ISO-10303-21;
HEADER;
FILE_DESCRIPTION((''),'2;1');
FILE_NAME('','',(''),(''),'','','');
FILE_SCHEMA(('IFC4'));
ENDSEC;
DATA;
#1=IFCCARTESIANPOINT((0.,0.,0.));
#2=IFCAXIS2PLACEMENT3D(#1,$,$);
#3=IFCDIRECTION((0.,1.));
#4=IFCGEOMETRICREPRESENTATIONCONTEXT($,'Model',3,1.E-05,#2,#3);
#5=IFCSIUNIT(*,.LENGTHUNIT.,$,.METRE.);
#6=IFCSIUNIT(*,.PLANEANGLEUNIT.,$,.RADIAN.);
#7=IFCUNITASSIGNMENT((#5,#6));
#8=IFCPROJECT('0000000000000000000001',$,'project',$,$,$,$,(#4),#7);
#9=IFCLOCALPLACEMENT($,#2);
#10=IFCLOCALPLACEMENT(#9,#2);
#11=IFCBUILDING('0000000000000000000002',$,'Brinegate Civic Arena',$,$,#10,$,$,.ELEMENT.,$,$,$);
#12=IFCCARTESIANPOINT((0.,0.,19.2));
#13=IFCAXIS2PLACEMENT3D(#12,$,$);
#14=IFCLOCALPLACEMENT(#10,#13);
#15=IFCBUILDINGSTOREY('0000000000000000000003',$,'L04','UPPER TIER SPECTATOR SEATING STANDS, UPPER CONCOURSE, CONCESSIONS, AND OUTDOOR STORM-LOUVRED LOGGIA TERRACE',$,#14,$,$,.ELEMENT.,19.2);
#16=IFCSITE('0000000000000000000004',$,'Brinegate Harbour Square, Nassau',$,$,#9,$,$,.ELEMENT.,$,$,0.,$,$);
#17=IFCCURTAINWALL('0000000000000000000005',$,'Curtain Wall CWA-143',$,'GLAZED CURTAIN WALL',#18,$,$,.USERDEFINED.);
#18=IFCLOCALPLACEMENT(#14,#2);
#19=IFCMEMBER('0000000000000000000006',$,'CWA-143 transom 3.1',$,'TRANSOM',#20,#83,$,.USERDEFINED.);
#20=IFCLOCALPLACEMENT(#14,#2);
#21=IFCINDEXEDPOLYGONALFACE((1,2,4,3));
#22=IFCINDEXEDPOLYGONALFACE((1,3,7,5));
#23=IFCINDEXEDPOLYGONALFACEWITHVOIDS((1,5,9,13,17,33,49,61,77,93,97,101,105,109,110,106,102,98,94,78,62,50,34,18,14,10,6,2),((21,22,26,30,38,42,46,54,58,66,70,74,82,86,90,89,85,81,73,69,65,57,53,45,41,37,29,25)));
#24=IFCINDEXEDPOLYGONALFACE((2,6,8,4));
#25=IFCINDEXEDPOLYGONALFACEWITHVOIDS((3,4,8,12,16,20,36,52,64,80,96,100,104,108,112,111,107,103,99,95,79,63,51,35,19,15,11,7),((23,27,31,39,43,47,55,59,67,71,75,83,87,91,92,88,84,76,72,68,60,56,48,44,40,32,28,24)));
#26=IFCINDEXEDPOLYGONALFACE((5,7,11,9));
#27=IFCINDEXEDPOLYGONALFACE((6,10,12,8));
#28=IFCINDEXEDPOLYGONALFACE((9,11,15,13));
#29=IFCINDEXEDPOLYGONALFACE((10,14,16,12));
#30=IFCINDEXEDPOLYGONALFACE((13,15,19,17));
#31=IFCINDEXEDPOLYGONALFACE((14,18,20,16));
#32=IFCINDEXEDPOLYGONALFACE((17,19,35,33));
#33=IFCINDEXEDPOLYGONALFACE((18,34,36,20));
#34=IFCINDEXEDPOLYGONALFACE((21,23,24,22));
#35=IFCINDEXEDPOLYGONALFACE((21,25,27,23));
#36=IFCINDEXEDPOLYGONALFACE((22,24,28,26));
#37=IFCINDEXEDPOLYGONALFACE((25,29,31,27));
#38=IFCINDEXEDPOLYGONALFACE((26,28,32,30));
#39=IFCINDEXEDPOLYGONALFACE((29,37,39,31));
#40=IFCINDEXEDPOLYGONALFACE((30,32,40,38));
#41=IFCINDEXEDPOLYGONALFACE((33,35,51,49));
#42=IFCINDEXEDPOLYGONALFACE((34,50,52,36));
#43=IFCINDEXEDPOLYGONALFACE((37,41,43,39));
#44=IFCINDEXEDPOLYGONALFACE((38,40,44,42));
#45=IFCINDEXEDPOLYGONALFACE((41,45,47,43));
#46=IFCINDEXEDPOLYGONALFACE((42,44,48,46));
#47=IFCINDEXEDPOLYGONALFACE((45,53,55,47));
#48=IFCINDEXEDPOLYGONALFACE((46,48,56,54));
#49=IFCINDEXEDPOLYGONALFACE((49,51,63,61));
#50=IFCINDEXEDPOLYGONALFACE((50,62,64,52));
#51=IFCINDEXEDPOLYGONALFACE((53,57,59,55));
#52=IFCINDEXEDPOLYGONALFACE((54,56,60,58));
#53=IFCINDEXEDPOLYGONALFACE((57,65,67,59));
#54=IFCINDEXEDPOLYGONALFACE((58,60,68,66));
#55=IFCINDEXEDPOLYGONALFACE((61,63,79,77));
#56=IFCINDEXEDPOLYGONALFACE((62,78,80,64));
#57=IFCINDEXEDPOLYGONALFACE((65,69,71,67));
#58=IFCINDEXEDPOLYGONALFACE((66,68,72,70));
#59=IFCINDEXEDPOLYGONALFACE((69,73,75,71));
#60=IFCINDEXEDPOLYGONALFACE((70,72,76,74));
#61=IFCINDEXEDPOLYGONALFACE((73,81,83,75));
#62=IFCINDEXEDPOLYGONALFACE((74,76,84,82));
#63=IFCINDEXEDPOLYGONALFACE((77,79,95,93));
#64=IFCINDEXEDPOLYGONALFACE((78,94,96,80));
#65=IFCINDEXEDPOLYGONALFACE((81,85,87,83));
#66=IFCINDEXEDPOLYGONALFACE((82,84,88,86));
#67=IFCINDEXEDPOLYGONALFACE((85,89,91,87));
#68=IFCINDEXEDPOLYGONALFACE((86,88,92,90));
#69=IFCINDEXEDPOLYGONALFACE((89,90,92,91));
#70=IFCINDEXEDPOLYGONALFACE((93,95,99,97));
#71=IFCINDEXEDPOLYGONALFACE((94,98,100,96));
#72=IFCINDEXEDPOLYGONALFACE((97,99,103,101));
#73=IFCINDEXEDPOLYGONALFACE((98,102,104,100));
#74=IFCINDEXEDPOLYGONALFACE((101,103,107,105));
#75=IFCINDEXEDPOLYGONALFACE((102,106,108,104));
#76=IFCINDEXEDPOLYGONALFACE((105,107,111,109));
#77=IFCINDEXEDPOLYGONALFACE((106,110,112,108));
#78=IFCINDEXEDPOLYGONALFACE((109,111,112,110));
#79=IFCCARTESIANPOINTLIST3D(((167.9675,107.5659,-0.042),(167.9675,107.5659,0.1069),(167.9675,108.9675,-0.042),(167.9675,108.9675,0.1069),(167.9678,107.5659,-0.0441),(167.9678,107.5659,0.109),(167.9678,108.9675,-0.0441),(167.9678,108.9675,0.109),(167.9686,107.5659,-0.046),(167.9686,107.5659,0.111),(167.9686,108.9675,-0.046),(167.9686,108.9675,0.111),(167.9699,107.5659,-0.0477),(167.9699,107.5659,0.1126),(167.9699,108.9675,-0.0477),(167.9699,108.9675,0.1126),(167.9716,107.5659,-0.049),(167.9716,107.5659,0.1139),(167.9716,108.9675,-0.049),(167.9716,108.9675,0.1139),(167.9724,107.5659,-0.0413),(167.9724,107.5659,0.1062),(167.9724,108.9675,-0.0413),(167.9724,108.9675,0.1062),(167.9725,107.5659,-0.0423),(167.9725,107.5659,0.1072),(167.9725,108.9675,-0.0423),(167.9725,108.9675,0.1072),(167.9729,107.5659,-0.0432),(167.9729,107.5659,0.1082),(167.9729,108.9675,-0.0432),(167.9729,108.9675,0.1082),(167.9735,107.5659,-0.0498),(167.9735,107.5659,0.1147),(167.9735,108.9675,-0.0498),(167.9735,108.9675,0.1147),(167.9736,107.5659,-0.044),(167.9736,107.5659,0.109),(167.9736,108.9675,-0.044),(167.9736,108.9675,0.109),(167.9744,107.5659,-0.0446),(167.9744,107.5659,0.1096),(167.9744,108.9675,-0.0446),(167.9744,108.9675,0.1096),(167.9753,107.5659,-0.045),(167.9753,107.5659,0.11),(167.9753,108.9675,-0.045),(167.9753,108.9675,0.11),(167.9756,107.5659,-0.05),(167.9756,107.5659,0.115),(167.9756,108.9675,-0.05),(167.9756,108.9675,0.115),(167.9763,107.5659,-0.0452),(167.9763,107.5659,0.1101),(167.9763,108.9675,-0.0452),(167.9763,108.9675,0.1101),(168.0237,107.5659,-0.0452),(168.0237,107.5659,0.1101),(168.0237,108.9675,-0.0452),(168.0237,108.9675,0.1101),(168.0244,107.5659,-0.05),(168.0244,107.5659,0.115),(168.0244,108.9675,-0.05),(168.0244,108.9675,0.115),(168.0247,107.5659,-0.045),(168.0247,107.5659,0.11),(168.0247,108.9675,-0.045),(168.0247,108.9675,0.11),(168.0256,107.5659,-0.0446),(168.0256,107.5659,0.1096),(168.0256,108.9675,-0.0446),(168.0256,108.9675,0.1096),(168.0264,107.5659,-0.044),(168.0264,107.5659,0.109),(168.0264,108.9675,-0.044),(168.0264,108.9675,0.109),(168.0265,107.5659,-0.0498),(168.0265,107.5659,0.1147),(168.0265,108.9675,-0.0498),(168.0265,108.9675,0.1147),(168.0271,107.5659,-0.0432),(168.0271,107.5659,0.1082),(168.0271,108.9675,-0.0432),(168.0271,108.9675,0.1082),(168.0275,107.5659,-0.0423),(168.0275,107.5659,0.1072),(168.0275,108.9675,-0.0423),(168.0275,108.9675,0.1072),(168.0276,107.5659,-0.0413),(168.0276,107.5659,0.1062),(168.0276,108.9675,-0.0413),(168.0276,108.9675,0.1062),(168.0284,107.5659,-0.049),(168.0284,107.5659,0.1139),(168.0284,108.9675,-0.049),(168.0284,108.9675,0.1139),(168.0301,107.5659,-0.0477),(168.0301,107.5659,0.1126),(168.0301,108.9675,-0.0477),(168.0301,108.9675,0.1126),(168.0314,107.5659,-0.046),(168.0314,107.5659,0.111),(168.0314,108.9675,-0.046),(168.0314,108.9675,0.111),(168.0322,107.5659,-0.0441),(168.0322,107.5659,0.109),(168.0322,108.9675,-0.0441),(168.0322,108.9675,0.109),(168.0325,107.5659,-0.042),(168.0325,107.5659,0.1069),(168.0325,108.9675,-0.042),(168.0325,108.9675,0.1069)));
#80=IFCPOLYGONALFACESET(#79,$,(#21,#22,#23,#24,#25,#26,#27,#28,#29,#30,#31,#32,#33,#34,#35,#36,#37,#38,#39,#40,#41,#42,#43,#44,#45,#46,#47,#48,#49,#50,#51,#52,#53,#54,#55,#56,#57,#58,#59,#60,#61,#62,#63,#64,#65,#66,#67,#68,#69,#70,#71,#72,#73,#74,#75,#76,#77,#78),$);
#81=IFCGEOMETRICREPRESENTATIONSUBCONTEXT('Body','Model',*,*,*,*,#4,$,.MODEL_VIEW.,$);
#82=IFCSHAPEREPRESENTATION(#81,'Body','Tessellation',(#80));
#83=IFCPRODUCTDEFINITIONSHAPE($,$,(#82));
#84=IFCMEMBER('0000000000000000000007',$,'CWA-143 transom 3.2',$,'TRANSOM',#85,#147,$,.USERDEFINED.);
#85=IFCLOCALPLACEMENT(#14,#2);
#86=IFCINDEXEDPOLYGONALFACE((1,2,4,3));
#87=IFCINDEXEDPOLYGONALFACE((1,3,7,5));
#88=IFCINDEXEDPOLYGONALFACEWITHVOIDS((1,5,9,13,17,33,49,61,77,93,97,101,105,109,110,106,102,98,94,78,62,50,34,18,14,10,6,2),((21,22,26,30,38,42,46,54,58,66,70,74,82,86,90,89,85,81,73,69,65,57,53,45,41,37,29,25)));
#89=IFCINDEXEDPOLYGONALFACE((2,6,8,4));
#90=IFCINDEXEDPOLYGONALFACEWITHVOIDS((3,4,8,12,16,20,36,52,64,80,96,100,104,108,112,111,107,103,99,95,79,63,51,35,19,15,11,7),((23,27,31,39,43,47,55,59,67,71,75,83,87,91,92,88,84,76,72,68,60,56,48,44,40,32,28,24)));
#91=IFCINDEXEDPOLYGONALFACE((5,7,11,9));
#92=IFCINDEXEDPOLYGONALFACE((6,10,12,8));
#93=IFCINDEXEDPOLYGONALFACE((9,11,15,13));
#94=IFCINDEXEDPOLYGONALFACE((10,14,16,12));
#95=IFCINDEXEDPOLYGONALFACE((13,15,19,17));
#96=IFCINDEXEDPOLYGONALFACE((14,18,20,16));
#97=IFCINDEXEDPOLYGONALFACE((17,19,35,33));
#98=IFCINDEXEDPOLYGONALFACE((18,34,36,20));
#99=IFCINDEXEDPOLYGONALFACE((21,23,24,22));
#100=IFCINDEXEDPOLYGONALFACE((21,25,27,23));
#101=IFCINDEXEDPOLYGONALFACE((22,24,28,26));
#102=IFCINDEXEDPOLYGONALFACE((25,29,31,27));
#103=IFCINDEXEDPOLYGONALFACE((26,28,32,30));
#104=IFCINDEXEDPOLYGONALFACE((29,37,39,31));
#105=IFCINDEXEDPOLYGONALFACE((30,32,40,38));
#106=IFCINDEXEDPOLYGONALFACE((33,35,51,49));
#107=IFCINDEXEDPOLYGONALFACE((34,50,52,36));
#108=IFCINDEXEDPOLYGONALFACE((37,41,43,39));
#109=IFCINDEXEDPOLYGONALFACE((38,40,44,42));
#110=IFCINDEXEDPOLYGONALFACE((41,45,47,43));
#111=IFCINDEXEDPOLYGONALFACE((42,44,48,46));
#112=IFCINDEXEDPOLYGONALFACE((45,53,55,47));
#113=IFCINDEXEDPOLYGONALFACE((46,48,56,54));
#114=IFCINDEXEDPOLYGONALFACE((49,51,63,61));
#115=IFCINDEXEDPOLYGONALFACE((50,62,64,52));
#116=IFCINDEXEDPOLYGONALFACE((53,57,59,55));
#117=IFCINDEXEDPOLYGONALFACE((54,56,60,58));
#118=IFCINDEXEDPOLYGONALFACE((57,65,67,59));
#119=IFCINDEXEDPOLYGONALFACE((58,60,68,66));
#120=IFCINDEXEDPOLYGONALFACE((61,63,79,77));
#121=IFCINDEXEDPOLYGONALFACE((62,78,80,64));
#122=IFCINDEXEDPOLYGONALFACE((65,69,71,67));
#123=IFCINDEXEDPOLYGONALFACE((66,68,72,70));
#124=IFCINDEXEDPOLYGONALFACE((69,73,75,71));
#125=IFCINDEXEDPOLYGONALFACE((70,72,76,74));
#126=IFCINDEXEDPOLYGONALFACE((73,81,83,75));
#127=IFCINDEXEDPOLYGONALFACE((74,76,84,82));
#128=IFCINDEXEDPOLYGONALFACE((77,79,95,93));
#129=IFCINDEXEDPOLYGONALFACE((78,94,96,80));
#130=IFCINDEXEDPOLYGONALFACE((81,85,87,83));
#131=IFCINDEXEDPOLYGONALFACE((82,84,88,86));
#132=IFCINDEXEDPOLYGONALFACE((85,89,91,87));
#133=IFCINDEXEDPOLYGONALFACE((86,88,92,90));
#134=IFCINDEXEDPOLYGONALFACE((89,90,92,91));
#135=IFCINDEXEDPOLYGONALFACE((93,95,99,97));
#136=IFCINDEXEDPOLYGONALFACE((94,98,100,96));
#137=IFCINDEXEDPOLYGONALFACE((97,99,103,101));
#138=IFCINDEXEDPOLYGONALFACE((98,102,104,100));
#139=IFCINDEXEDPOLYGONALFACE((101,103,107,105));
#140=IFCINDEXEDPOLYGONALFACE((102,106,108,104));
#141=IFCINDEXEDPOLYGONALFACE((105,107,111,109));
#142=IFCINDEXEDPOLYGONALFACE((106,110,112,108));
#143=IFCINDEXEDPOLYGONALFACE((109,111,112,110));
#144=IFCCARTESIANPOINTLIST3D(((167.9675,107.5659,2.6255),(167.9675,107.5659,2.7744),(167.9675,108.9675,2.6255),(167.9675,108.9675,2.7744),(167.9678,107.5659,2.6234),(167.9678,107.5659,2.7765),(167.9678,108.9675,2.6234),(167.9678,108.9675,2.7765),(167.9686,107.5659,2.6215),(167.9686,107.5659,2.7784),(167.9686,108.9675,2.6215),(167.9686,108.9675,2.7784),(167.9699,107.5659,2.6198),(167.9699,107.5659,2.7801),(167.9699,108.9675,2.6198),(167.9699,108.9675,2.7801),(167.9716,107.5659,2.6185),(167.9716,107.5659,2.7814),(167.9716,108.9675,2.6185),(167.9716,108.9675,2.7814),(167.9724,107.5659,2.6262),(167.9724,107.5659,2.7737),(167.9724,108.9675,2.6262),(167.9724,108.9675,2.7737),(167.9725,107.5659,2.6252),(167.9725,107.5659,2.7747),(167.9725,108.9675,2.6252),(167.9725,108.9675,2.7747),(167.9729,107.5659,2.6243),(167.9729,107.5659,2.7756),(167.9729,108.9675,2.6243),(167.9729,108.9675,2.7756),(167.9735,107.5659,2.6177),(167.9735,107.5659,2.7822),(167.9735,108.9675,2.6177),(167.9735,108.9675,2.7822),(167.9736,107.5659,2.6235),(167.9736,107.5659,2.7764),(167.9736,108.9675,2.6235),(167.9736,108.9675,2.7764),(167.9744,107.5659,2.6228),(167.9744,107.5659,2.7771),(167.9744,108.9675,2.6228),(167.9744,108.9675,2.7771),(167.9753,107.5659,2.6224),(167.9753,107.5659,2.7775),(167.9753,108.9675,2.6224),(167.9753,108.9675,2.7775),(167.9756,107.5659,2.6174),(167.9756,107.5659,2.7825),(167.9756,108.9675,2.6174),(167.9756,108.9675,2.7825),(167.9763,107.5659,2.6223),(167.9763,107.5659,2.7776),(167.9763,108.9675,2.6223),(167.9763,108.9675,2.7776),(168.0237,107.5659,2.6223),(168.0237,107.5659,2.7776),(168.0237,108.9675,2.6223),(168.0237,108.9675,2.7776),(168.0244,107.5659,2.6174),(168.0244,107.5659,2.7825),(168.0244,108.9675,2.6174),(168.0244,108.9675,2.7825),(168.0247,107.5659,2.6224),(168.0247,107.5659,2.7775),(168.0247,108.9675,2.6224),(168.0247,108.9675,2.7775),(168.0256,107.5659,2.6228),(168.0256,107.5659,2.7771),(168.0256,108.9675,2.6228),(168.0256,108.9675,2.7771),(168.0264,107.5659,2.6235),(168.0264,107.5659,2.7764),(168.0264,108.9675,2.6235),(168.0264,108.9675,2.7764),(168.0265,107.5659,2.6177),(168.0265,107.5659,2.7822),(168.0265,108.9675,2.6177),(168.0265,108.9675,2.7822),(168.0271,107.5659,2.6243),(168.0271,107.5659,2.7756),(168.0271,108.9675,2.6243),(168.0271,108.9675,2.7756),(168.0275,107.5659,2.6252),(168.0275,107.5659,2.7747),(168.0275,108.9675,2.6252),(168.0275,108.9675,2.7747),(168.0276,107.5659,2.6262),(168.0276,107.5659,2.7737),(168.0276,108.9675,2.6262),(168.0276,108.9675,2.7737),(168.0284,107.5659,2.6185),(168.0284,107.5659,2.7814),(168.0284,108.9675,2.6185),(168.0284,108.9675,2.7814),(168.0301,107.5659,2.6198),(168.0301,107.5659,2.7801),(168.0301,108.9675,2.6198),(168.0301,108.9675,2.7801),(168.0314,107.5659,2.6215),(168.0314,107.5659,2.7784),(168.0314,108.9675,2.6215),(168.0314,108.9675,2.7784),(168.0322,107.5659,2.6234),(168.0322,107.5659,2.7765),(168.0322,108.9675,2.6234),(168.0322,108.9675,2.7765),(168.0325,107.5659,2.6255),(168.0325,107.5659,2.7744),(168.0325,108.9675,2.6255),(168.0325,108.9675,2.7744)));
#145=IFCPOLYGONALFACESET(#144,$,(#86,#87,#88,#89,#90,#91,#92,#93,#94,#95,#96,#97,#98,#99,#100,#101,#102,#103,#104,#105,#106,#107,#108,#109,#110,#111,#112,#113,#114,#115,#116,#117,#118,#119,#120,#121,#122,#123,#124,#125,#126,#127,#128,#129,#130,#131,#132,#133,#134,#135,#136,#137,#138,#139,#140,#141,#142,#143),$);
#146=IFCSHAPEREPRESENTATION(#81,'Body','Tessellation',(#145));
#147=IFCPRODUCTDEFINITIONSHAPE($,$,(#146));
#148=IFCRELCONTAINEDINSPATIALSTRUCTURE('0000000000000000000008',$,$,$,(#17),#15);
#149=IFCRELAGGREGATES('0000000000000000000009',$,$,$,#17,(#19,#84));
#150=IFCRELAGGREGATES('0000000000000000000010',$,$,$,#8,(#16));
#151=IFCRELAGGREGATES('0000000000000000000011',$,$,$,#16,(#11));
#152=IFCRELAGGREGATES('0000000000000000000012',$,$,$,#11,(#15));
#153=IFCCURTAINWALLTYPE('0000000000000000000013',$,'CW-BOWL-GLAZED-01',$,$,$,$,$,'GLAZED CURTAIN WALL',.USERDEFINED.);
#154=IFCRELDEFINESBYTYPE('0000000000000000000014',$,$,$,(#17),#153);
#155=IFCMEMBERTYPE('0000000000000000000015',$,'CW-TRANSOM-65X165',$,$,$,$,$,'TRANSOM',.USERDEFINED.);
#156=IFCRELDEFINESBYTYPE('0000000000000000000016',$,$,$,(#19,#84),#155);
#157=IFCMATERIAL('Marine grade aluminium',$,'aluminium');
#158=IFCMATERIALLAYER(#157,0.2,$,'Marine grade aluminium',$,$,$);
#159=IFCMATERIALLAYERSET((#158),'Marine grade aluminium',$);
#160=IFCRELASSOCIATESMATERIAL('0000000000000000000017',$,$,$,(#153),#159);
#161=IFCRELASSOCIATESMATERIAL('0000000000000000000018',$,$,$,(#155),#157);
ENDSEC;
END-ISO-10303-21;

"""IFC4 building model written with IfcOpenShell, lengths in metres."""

from ifc_helpers import new_model, si_unit, direction, frame, origin, origin_2d, place, context, subcontext, project, spatial, hollow_rectangle, extrude, material, layer, layer_set, material_profile, profile_set, type_object, element, aggregate, save


model = new_model("IFC4")

# Units and contexts
model_context = context("Model", 3, precision=1e-05, world=origin(), true_north=direction((0.0, 1.0)))
body_context = subcontext(model_context, "Body", "Model", "MODEL_VIEW")
ifc_project = project(units=[si_unit("LENGTHUNIT", "METRE"), si_unit("PLANEANGLEUNIT", "RADIAN")], contexts=[model_context])

# Site, building, storey
site_placement = place(None, origin())
site = spatial("IfcSite", under=ifc_project, at=site_placement, Name="Brinegate Harbour Square, Nassau", CompositionType="ELEMENT", RefElevation=0.0)
building_placement = place(site_placement, origin())
building = spatial("IfcBuilding", under=site, at=building_placement, Name="Brinegate Civic Arena", CompositionType="ELEMENT")
storey_placement = place(building_placement, frame((0.0, 0.0, 19.2)))
storey = spatial("IfcBuildingStorey", under=building, at=storey_placement, Name="L04", Description="UPPER TIER SPECTATOR SEATING STANDS, UPPER CONCOURSE, CONCESSIONS, AND OUTDOOR STORM-LOUVRED LOGGIA TERRACE", CompositionType="ELEMENT", Elevation=19.2)

# Shared definitions
ifc_material_1 = material(Name="Marine grade aluminium", Category="aluminium")
ifc_layer_1 = layer(ifc_material_1, 0.2, Name="Marine grade aluminium")
ifc_layer_set_1 = layer_set([ifc_layer_1], Name="Marine grade aluminium")
curtain_wall_type = type_object("IfcCurtainWallType", Name="CW-BOWL-GLAZED-01", ElementType="GLAZED CURTAIN WALL", PredefinedType="USERDEFINED", material=ifc_layer_set_1)

# Curtain wall, members
curtain_wall_1_placement = place(storey_placement, origin())
curtain_wall_1 = element("IfcCurtainWall", 1, at=curtain_wall_1_placement, inside=storey, type_object=curtain_wall_type, Name="Curtain Wall CWA-143", ObjectType="GLAZED CURTAIN WALL", PredefinedType="USERDEFINED")
ifc_material_profile_1 = material_profile(ifc_material_1, hollow_rectangle(XDim=0.0649, YDim=0.165, WallThickness=0.0049, InnerFilletRadius=0.0039, OuterFilletRadius=0.0081, at=origin_2d()), Name="TRN65X165")
ifc_profile_set_1 = profile_set([ifc_material_profile_1], Name="Marine grade aluminium")
member_type_1 = type_object("IfcMemberType", Name="CW-TRANSOM-65X165", ElementType="TRANSOM", PredefinedType="USERDEFINED", material=ifc_profile_set_1)
member_1_placement = place(storey_placement, frame((168.0, 107.5659, 0.0325), z_axis=(0.0, 1.0, 0.0), x_axis=(-1.0, 0.0, 0.0)))
member_1 = element("IfcMember", 2, at=member_1_placement, type_object=member_type_1, Name="CWA-143 transom 3.1", ObjectType="TRANSOM", PredefinedType="USERDEFINED", context=body_context, shape_type="SweptSolid", body=[
    extrude(hollow_rectangle(XDim=0.0649, YDim=0.165, WallThickness=0.0049, InnerFilletRadius=0.0039, OuterFilletRadius=0.0081, at=origin_2d()), origin(), (0.0, 0.0, 1.0), 1.4016),
])
member_2_placement = place(storey_placement, frame((168.0, 107.5659, 2.7), z_axis=(0.0, 1.0, 0.0), x_axis=(-1.0, 0.0, 0.0)))
member_2 = element("IfcMember", 3, at=member_2_placement, type_object=member_type_1, Name="CWA-143 transom 3.2", ObjectType="TRANSOM", PredefinedType="USERDEFINED", context=body_context, shape_type="SweptSolid", body=[
    extrude(hollow_rectangle(XDim=0.0649, YDim=0.165, WallThickness=0.0049, InnerFilletRadius=0.0039, OuterFilletRadius=0.0081, at=origin_2d()), origin(), (0.0, 0.0, 1.0), 1.4016),
])

aggregate(curtain_wall_1, [member_1, member_2])

save(model, "model.ifc")
